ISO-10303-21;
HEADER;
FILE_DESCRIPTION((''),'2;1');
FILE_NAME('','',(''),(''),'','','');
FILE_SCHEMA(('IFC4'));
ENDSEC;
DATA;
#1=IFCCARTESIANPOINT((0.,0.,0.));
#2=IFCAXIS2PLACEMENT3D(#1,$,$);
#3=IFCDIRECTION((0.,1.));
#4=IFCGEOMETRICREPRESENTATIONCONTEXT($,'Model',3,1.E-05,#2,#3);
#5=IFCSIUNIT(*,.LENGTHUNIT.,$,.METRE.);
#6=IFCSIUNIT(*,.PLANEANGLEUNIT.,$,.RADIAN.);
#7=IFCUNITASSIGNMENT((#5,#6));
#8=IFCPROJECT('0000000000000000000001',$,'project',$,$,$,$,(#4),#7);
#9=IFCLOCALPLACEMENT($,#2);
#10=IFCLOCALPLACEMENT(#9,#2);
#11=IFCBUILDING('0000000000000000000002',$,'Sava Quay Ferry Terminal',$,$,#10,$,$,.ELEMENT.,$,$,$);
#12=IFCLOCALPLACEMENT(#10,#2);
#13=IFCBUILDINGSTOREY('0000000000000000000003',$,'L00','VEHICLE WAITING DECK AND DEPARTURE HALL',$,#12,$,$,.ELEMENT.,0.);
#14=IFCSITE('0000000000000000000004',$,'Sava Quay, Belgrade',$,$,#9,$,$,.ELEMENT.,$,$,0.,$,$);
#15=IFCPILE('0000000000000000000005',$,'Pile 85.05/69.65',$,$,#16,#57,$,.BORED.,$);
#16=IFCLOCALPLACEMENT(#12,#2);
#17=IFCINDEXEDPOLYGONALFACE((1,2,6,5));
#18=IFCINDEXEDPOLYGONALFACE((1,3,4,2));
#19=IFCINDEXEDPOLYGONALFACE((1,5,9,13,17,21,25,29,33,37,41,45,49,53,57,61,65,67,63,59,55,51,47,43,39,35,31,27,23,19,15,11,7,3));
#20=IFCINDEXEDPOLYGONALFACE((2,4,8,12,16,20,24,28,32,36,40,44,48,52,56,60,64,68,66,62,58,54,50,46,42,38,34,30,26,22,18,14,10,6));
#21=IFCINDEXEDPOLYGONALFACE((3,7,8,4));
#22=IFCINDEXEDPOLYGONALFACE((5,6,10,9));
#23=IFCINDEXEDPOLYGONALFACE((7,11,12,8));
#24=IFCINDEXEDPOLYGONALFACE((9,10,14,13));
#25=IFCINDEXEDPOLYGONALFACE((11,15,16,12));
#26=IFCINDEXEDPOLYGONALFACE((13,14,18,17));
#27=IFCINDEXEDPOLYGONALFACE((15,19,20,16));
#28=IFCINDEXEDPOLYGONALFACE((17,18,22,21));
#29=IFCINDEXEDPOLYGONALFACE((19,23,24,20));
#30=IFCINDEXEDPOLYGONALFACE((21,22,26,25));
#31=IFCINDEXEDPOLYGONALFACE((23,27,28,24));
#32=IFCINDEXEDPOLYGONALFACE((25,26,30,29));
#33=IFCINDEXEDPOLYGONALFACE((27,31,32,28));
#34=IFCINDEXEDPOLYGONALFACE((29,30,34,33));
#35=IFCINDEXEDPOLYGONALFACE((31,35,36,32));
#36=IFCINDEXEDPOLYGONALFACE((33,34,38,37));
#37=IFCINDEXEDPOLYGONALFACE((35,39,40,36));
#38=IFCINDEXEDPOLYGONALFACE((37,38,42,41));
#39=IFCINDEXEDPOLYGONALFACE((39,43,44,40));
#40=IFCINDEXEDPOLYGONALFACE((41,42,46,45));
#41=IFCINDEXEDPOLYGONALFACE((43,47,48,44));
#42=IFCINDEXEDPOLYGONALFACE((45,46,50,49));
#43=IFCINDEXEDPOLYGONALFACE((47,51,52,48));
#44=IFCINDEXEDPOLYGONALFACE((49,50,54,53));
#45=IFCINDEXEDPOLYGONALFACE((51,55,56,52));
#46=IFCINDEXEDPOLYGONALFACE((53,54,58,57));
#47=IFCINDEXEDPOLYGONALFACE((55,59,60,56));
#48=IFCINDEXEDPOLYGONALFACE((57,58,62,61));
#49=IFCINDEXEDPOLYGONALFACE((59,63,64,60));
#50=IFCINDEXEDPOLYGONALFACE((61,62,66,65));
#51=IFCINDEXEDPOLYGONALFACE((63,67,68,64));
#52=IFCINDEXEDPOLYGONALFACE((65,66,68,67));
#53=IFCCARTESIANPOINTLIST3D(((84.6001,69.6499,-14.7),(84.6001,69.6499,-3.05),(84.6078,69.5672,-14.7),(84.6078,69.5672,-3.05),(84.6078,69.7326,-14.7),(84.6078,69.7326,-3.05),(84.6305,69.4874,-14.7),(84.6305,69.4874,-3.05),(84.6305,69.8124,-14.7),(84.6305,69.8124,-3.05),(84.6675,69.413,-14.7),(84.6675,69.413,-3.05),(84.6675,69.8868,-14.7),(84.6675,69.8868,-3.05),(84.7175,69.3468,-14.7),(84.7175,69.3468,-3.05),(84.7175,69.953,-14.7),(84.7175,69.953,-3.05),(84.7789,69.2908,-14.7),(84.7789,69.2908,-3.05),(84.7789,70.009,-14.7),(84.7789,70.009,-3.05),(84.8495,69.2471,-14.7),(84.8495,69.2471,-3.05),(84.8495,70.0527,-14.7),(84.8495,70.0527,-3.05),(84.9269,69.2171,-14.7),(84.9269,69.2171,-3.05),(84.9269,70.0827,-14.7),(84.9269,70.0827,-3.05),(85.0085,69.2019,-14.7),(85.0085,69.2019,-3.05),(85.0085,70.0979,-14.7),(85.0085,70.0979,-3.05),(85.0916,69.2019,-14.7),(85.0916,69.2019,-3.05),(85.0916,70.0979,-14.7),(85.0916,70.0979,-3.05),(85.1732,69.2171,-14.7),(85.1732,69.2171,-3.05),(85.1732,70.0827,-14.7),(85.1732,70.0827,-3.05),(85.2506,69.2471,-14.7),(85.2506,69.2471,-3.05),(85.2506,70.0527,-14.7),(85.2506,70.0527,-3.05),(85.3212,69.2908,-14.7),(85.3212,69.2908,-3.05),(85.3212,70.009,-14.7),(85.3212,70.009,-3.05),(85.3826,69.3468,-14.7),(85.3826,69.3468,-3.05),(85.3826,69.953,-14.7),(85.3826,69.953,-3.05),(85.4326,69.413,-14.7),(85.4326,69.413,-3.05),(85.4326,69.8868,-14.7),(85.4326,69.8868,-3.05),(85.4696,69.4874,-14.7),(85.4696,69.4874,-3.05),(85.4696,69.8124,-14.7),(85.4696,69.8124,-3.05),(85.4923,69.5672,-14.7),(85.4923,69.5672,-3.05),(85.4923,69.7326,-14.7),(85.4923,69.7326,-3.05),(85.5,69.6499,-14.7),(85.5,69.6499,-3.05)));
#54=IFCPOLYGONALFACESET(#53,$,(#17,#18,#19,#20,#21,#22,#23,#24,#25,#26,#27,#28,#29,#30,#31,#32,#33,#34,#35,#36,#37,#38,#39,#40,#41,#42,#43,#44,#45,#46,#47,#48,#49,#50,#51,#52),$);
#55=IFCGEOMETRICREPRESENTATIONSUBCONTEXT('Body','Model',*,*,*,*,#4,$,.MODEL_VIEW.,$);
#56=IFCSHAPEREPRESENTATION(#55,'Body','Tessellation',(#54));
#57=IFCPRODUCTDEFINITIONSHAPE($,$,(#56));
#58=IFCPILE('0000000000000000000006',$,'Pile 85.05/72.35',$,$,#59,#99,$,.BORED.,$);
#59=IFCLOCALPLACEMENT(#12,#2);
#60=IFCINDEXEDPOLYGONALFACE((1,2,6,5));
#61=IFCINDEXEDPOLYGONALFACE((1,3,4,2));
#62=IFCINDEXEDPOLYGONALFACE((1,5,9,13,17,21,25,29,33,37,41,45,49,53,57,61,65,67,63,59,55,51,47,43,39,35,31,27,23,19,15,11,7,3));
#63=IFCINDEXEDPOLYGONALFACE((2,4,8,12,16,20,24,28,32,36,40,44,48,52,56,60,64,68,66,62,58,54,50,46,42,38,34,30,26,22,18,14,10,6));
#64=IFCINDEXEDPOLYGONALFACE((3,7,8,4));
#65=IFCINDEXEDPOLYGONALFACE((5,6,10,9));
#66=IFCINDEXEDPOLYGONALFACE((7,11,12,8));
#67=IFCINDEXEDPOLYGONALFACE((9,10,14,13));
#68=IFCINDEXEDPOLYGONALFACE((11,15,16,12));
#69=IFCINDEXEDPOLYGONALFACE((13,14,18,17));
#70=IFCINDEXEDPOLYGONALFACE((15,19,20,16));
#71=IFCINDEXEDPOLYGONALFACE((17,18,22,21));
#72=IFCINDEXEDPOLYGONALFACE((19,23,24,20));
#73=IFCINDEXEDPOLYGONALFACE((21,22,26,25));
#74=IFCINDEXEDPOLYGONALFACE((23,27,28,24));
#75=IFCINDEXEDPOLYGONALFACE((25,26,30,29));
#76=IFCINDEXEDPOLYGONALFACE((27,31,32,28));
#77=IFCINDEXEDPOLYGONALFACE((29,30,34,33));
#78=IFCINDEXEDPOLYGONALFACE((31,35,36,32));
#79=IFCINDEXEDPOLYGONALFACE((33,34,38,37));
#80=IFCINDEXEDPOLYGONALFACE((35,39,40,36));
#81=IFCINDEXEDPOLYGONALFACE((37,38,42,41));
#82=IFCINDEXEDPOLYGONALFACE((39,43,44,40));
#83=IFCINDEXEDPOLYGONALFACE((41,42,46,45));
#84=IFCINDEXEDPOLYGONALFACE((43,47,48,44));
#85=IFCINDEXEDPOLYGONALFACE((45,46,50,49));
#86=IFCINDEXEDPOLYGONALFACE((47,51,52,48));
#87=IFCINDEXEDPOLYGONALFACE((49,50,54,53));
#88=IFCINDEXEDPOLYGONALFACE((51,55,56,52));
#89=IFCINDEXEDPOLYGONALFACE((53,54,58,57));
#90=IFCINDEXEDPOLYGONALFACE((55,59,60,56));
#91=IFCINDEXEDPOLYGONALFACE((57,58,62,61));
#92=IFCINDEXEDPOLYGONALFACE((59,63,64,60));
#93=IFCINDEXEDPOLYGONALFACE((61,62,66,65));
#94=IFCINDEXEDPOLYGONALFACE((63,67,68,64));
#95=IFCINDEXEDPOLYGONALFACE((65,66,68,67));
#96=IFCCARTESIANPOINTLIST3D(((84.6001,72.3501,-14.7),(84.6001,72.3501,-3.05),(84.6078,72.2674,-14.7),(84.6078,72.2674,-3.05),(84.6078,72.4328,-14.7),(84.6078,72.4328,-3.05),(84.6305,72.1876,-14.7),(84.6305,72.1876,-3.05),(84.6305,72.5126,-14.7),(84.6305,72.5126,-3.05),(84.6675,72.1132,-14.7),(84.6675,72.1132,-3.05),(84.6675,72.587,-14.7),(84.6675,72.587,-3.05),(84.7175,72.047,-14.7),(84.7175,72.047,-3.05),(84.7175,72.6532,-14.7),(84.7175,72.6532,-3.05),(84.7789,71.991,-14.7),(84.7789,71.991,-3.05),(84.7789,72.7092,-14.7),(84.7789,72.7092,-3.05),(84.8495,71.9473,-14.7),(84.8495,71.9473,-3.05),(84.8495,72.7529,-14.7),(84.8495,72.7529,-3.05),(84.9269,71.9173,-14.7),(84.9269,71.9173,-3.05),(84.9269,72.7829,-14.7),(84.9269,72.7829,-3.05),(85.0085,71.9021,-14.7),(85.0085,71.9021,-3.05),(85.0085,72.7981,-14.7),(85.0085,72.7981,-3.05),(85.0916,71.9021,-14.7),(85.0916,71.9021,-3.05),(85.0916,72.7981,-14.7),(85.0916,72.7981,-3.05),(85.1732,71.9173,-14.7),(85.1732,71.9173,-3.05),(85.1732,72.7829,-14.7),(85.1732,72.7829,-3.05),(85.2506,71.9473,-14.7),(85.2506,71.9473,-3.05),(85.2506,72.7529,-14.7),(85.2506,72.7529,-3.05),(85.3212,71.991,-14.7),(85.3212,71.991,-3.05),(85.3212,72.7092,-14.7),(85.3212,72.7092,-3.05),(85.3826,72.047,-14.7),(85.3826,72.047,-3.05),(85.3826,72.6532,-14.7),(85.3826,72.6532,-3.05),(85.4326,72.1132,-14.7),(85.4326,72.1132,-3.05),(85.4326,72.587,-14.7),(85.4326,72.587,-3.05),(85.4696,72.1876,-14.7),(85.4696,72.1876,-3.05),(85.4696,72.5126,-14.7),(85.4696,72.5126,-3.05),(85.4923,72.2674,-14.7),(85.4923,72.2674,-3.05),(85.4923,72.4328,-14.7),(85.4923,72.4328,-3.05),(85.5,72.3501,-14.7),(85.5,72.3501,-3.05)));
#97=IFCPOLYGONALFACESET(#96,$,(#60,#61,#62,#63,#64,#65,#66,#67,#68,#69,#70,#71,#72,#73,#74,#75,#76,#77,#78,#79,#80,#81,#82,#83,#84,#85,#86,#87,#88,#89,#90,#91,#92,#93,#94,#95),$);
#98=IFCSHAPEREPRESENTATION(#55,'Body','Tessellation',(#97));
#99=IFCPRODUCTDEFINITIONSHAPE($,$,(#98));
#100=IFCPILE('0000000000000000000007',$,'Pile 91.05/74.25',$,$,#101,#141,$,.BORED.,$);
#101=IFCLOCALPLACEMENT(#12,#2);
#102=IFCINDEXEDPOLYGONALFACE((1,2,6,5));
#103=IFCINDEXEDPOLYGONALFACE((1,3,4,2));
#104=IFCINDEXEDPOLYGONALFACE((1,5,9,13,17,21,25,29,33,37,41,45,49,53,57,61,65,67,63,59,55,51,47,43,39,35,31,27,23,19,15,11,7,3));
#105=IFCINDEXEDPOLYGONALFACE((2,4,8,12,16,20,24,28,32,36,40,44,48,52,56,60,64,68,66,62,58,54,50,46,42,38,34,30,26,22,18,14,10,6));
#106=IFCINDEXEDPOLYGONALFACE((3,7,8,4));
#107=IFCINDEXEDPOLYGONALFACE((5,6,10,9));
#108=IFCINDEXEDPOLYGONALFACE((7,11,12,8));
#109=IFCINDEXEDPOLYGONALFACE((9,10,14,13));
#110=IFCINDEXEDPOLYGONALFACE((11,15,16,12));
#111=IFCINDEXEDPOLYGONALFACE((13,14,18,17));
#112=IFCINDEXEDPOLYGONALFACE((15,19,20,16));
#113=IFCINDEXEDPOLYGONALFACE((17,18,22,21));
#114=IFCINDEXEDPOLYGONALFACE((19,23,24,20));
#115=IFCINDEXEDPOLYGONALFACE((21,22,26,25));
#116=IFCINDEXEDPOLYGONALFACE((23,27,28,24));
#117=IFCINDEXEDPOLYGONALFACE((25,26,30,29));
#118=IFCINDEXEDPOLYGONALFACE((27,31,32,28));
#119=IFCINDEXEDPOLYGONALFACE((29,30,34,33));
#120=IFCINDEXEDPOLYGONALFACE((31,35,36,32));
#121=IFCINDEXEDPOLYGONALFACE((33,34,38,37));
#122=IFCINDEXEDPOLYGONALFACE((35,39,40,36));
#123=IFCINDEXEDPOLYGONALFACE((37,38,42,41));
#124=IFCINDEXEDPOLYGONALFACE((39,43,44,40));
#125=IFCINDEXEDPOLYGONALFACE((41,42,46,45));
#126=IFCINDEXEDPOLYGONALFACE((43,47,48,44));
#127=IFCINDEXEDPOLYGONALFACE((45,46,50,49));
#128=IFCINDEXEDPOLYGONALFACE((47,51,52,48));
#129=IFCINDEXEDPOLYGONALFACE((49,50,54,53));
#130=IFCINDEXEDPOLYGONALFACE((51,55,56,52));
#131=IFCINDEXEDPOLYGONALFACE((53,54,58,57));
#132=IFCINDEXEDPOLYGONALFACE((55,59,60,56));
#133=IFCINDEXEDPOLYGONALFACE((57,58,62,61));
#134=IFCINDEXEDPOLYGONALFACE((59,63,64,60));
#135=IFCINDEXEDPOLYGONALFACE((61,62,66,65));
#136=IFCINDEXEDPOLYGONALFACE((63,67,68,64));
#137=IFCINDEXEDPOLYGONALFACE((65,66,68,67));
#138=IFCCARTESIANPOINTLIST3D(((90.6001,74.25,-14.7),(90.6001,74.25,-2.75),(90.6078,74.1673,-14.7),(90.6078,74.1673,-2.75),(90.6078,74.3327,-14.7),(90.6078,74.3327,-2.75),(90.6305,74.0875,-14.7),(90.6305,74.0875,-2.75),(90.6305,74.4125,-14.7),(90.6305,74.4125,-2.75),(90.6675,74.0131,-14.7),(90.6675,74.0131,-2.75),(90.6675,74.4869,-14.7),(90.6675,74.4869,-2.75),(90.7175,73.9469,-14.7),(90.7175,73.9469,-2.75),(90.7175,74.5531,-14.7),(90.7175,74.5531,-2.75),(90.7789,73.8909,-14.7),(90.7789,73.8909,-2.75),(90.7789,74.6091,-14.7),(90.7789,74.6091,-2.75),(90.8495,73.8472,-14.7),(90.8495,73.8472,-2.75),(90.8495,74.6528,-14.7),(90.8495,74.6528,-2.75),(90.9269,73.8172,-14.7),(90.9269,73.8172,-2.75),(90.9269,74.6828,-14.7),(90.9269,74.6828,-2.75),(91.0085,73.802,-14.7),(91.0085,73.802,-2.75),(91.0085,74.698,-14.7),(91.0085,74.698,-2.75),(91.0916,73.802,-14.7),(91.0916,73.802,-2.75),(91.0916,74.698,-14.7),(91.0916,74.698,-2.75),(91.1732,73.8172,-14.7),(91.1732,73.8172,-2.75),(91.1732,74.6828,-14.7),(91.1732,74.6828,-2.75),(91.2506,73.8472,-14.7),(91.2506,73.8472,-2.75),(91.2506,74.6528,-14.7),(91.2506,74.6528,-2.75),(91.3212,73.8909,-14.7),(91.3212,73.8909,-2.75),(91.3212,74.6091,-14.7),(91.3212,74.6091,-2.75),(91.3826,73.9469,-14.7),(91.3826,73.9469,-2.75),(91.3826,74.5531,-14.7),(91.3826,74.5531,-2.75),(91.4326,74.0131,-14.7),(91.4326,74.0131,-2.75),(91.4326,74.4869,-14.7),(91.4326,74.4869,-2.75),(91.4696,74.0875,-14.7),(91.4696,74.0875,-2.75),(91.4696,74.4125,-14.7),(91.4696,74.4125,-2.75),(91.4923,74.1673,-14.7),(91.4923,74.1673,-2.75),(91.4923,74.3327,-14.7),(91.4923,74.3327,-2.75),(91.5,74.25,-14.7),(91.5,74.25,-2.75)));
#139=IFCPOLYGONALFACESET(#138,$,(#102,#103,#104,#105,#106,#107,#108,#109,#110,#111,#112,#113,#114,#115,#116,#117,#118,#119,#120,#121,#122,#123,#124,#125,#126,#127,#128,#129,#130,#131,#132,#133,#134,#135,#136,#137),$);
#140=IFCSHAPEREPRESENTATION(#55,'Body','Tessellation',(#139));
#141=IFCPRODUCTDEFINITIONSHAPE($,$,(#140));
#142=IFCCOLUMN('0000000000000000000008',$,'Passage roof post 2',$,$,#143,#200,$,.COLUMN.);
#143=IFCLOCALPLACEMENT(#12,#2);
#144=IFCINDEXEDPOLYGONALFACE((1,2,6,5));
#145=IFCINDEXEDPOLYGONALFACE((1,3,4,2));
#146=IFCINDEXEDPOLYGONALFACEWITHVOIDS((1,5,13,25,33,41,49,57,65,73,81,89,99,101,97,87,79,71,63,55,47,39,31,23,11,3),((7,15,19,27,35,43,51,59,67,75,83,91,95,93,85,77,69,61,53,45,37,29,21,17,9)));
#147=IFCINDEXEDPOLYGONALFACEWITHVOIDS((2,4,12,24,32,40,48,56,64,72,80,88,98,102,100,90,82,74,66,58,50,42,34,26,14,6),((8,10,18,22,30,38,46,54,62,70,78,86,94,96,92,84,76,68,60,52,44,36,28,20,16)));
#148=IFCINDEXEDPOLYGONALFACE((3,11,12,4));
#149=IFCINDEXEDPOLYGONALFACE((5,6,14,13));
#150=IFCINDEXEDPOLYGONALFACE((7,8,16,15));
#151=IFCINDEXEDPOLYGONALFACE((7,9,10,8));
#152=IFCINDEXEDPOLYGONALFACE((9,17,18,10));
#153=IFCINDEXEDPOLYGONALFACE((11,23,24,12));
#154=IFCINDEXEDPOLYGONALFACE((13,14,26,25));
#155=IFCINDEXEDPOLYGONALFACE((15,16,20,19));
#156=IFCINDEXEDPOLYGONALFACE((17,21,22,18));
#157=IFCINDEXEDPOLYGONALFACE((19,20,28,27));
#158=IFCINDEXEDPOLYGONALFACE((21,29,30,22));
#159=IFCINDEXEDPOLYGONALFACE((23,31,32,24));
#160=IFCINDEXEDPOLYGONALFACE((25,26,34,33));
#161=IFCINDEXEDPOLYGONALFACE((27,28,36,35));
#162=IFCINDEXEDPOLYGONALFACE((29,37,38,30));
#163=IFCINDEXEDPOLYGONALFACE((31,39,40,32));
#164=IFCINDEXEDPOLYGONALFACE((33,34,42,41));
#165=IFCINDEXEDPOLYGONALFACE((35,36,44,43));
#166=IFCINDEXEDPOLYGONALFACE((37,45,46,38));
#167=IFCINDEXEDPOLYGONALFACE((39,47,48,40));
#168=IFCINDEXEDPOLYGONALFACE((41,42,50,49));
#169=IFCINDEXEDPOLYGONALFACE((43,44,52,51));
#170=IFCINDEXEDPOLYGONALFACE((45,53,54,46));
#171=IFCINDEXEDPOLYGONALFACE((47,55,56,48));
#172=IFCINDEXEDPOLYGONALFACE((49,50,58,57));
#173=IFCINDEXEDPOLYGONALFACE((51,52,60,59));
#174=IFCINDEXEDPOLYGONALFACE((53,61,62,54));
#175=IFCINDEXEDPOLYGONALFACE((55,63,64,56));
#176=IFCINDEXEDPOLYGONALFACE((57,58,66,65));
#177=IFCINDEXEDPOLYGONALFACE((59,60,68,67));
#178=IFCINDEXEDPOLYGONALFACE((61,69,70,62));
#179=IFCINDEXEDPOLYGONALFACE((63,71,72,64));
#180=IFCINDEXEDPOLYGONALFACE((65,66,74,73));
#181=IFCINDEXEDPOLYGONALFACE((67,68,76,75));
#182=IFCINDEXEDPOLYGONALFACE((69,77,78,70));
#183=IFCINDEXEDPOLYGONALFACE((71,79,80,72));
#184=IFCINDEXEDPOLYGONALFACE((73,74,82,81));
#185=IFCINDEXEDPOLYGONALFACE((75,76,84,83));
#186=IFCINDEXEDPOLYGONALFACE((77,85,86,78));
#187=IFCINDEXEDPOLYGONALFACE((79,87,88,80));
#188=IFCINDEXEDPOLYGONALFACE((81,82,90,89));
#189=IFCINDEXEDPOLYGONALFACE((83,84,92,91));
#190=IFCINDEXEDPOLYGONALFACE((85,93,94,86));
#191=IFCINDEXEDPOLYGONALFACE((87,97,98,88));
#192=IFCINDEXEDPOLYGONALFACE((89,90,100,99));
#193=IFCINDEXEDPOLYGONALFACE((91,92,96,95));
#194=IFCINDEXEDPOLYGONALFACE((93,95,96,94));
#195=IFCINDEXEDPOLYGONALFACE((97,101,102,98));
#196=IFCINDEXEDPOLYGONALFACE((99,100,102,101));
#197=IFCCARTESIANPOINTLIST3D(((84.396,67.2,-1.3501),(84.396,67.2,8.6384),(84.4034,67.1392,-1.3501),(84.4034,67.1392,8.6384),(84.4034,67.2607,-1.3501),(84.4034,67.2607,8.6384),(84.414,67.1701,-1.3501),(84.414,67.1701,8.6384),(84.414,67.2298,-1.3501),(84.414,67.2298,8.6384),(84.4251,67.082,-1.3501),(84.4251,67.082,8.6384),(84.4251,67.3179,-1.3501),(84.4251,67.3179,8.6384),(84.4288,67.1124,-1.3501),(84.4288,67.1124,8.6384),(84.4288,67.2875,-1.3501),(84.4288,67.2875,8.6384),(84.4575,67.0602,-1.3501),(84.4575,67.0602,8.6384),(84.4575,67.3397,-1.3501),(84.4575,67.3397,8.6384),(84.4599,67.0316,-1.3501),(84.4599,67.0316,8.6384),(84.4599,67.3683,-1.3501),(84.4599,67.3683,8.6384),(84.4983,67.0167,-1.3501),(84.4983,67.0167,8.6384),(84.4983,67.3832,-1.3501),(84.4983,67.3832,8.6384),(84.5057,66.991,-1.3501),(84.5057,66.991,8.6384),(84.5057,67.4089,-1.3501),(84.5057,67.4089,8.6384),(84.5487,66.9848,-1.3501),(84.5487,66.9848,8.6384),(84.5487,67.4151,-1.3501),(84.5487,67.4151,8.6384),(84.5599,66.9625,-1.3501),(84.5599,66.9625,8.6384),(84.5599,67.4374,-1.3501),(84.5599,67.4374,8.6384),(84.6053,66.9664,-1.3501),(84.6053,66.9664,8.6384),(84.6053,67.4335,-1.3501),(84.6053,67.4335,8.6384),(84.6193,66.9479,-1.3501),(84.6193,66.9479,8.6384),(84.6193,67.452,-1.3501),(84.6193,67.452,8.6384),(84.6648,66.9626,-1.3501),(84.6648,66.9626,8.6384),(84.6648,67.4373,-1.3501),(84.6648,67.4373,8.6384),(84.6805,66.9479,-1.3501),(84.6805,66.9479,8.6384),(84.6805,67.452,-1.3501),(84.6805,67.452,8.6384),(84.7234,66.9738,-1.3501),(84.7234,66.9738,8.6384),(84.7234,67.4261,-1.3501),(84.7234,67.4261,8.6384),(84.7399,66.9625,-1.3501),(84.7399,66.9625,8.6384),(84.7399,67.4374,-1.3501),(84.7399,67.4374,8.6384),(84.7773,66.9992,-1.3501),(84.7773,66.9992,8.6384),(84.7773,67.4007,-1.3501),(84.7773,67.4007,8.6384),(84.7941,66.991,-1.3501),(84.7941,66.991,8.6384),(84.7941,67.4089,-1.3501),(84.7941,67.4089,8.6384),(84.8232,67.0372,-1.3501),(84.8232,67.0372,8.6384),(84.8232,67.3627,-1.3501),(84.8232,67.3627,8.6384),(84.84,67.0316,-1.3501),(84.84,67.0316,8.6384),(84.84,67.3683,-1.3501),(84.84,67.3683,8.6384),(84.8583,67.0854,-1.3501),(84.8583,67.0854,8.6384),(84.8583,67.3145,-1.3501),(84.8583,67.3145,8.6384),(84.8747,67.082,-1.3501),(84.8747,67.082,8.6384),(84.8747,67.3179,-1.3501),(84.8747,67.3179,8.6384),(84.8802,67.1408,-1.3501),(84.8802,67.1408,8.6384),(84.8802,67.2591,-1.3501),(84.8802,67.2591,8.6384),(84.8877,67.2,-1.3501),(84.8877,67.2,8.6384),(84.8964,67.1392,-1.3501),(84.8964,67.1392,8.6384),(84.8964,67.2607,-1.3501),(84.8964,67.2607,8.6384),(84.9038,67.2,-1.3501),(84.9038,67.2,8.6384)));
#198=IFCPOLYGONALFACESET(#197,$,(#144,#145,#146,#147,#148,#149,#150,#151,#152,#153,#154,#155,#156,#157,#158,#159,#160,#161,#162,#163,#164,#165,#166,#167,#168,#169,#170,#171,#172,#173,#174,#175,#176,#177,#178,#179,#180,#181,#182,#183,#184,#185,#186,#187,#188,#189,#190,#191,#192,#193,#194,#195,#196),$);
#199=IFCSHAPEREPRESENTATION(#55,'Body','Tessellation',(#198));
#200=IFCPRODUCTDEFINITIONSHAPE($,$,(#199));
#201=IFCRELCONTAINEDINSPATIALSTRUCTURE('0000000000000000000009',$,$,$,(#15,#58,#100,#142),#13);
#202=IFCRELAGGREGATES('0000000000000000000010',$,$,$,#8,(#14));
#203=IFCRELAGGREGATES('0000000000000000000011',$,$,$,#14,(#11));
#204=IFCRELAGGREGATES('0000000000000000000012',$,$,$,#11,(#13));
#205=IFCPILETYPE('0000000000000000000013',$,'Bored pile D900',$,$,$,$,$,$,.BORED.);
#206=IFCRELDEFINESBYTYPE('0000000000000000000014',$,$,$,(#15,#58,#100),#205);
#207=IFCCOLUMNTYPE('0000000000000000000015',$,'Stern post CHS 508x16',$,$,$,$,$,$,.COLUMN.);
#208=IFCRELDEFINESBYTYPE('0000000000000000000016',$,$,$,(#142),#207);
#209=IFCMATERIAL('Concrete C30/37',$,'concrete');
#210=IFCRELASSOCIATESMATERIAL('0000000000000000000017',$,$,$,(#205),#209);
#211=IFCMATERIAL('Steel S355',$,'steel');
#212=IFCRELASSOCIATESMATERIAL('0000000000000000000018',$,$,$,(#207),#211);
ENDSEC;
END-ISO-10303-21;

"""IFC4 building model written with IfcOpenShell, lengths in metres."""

from ifc_helpers import new_model, si_unit, direction, frame, origin, origin_2d, place, context, subcontext, project, spatial, circle, hollow_circle, extrude, material, material_profile, profile_set, type_object, element, save


model = new_model("IFC4")

# Units and contexts
model_context = context("Model", 3, precision=1e-05, world=origin(), true_north=direction((0.0, 1.0)))
body_context = subcontext(model_context, "Body", "Model", "MODEL_VIEW")
ifc_project = project(units=[si_unit("LENGTHUNIT", "METRE"), si_unit("PLANEANGLEUNIT", "RADIAN")], contexts=[model_context])

# Site, building, storey
site_placement = place(None, origin())
site = spatial("IfcSite", under=ifc_project, at=site_placement, Name="Sava Quay, Belgrade", CompositionType="ELEMENT", RefElevation=0.0)
building_placement = place(site_placement, origin())
building = spatial("IfcBuilding", under=site, at=building_placement, Name="Sava Quay Ferry Terminal", CompositionType="ELEMENT")
storey_placement = place(building_placement, origin())
storey = spatial("IfcBuildingStorey", under=building, at=storey_placement, Name="L00", Description="VEHICLE WAITING DECK AND DEPARTURE HALL", CompositionType="ELEMENT", Elevation=0.0)

# Piles
ifc_material_1 = material(Name="Concrete C30/37", Category="concrete")
ifc_material_profile_1 = material_profile(ifc_material_1, circle(Radius=0.45, at=origin_2d()), Name="Bored pile D900")
ifc_profile_set_1 = profile_set([ifc_material_profile_1], Name="Concrete C30/37")
pile_type = type_object("IfcPileType", Name="Bored pile D900", PredefinedType="BORED", material=ifc_profile_set_1)
for number, where, z_axis, x_axis, name in (
    (1, (85.05, 69.6499, -3.05), (0.0, 0.0, -1.0), (1.0, 0.0, 0.0), "Pile 85.05/69.65"),
    (2, (85.05, 72.3501, -3.05), (0.0, 0.0, -1.0), (1.0, 0.0, 0.0), "Pile 85.05/72.35"),
):
    element("IfcPile", number, at=place(storey_placement, frame(where, z_axis=z_axis, x_axis=x_axis)), inside=storey, type_object=pile_type, Name=name, PredefinedType="BORED", context=body_context, shape_type="SweptSolid", body=[
        extrude(circle(Radius=0.45, at=origin_2d()), origin(), (0.0, 0.0, 1.0), 11.6499),
    ])
pile_placement = place(storey_placement, frame((91.05, 74.25, -2.75), z_axis=(0.0, 0.0, -1.0), x_axis=(1.0, 0.0, 0.0)))
element("IfcPile", 3, at=pile_placement, inside=storey, type_object=pile_type, Name="Pile 91.05/74.25", PredefinedType="BORED", context=body_context, shape_type="SweptSolid", body=[
    extrude(circle(Radius=0.45, at=origin_2d()), origin(), (0.0, 0.0, 1.0), 11.95),
])

# Column
ifc_material_2 = material(Name="Steel S355", Category="steel")
ifc_material_profile_2 = material_profile(ifc_material_2, hollow_circle(Radius=0.2539, WallThickness=0.0161, at=origin_2d()), Name="CHS 508 x 16.0")
ifc_profile_set_2 = profile_set([ifc_material_profile_2], Name="Steel S355")
column_type_1 = type_object("IfcColumnType", Name="Stern post CHS 508x16", PredefinedType="COLUMN", material=ifc_profile_set_2)
column_1_placement = place(storey_placement, frame((84.6499, 67.2, -1.3501), z_axis=(0.0, 0.0, 1.0), x_axis=(1.0, 0.0, 0.0)))
element("IfcColumn", 4, at=column_1_placement, inside=storey, type_object=column_type_1, Name="Passage roof post 2", PredefinedType="COLUMN", context=body_context, shape_type="SweptSolid", body=[
    extrude(hollow_circle(Radius=0.2539, WallThickness=0.0161, at=origin_2d()), origin(), (0.0, 0.0, 1.0), 9.9885),
])

save(model, "model.ifc")
